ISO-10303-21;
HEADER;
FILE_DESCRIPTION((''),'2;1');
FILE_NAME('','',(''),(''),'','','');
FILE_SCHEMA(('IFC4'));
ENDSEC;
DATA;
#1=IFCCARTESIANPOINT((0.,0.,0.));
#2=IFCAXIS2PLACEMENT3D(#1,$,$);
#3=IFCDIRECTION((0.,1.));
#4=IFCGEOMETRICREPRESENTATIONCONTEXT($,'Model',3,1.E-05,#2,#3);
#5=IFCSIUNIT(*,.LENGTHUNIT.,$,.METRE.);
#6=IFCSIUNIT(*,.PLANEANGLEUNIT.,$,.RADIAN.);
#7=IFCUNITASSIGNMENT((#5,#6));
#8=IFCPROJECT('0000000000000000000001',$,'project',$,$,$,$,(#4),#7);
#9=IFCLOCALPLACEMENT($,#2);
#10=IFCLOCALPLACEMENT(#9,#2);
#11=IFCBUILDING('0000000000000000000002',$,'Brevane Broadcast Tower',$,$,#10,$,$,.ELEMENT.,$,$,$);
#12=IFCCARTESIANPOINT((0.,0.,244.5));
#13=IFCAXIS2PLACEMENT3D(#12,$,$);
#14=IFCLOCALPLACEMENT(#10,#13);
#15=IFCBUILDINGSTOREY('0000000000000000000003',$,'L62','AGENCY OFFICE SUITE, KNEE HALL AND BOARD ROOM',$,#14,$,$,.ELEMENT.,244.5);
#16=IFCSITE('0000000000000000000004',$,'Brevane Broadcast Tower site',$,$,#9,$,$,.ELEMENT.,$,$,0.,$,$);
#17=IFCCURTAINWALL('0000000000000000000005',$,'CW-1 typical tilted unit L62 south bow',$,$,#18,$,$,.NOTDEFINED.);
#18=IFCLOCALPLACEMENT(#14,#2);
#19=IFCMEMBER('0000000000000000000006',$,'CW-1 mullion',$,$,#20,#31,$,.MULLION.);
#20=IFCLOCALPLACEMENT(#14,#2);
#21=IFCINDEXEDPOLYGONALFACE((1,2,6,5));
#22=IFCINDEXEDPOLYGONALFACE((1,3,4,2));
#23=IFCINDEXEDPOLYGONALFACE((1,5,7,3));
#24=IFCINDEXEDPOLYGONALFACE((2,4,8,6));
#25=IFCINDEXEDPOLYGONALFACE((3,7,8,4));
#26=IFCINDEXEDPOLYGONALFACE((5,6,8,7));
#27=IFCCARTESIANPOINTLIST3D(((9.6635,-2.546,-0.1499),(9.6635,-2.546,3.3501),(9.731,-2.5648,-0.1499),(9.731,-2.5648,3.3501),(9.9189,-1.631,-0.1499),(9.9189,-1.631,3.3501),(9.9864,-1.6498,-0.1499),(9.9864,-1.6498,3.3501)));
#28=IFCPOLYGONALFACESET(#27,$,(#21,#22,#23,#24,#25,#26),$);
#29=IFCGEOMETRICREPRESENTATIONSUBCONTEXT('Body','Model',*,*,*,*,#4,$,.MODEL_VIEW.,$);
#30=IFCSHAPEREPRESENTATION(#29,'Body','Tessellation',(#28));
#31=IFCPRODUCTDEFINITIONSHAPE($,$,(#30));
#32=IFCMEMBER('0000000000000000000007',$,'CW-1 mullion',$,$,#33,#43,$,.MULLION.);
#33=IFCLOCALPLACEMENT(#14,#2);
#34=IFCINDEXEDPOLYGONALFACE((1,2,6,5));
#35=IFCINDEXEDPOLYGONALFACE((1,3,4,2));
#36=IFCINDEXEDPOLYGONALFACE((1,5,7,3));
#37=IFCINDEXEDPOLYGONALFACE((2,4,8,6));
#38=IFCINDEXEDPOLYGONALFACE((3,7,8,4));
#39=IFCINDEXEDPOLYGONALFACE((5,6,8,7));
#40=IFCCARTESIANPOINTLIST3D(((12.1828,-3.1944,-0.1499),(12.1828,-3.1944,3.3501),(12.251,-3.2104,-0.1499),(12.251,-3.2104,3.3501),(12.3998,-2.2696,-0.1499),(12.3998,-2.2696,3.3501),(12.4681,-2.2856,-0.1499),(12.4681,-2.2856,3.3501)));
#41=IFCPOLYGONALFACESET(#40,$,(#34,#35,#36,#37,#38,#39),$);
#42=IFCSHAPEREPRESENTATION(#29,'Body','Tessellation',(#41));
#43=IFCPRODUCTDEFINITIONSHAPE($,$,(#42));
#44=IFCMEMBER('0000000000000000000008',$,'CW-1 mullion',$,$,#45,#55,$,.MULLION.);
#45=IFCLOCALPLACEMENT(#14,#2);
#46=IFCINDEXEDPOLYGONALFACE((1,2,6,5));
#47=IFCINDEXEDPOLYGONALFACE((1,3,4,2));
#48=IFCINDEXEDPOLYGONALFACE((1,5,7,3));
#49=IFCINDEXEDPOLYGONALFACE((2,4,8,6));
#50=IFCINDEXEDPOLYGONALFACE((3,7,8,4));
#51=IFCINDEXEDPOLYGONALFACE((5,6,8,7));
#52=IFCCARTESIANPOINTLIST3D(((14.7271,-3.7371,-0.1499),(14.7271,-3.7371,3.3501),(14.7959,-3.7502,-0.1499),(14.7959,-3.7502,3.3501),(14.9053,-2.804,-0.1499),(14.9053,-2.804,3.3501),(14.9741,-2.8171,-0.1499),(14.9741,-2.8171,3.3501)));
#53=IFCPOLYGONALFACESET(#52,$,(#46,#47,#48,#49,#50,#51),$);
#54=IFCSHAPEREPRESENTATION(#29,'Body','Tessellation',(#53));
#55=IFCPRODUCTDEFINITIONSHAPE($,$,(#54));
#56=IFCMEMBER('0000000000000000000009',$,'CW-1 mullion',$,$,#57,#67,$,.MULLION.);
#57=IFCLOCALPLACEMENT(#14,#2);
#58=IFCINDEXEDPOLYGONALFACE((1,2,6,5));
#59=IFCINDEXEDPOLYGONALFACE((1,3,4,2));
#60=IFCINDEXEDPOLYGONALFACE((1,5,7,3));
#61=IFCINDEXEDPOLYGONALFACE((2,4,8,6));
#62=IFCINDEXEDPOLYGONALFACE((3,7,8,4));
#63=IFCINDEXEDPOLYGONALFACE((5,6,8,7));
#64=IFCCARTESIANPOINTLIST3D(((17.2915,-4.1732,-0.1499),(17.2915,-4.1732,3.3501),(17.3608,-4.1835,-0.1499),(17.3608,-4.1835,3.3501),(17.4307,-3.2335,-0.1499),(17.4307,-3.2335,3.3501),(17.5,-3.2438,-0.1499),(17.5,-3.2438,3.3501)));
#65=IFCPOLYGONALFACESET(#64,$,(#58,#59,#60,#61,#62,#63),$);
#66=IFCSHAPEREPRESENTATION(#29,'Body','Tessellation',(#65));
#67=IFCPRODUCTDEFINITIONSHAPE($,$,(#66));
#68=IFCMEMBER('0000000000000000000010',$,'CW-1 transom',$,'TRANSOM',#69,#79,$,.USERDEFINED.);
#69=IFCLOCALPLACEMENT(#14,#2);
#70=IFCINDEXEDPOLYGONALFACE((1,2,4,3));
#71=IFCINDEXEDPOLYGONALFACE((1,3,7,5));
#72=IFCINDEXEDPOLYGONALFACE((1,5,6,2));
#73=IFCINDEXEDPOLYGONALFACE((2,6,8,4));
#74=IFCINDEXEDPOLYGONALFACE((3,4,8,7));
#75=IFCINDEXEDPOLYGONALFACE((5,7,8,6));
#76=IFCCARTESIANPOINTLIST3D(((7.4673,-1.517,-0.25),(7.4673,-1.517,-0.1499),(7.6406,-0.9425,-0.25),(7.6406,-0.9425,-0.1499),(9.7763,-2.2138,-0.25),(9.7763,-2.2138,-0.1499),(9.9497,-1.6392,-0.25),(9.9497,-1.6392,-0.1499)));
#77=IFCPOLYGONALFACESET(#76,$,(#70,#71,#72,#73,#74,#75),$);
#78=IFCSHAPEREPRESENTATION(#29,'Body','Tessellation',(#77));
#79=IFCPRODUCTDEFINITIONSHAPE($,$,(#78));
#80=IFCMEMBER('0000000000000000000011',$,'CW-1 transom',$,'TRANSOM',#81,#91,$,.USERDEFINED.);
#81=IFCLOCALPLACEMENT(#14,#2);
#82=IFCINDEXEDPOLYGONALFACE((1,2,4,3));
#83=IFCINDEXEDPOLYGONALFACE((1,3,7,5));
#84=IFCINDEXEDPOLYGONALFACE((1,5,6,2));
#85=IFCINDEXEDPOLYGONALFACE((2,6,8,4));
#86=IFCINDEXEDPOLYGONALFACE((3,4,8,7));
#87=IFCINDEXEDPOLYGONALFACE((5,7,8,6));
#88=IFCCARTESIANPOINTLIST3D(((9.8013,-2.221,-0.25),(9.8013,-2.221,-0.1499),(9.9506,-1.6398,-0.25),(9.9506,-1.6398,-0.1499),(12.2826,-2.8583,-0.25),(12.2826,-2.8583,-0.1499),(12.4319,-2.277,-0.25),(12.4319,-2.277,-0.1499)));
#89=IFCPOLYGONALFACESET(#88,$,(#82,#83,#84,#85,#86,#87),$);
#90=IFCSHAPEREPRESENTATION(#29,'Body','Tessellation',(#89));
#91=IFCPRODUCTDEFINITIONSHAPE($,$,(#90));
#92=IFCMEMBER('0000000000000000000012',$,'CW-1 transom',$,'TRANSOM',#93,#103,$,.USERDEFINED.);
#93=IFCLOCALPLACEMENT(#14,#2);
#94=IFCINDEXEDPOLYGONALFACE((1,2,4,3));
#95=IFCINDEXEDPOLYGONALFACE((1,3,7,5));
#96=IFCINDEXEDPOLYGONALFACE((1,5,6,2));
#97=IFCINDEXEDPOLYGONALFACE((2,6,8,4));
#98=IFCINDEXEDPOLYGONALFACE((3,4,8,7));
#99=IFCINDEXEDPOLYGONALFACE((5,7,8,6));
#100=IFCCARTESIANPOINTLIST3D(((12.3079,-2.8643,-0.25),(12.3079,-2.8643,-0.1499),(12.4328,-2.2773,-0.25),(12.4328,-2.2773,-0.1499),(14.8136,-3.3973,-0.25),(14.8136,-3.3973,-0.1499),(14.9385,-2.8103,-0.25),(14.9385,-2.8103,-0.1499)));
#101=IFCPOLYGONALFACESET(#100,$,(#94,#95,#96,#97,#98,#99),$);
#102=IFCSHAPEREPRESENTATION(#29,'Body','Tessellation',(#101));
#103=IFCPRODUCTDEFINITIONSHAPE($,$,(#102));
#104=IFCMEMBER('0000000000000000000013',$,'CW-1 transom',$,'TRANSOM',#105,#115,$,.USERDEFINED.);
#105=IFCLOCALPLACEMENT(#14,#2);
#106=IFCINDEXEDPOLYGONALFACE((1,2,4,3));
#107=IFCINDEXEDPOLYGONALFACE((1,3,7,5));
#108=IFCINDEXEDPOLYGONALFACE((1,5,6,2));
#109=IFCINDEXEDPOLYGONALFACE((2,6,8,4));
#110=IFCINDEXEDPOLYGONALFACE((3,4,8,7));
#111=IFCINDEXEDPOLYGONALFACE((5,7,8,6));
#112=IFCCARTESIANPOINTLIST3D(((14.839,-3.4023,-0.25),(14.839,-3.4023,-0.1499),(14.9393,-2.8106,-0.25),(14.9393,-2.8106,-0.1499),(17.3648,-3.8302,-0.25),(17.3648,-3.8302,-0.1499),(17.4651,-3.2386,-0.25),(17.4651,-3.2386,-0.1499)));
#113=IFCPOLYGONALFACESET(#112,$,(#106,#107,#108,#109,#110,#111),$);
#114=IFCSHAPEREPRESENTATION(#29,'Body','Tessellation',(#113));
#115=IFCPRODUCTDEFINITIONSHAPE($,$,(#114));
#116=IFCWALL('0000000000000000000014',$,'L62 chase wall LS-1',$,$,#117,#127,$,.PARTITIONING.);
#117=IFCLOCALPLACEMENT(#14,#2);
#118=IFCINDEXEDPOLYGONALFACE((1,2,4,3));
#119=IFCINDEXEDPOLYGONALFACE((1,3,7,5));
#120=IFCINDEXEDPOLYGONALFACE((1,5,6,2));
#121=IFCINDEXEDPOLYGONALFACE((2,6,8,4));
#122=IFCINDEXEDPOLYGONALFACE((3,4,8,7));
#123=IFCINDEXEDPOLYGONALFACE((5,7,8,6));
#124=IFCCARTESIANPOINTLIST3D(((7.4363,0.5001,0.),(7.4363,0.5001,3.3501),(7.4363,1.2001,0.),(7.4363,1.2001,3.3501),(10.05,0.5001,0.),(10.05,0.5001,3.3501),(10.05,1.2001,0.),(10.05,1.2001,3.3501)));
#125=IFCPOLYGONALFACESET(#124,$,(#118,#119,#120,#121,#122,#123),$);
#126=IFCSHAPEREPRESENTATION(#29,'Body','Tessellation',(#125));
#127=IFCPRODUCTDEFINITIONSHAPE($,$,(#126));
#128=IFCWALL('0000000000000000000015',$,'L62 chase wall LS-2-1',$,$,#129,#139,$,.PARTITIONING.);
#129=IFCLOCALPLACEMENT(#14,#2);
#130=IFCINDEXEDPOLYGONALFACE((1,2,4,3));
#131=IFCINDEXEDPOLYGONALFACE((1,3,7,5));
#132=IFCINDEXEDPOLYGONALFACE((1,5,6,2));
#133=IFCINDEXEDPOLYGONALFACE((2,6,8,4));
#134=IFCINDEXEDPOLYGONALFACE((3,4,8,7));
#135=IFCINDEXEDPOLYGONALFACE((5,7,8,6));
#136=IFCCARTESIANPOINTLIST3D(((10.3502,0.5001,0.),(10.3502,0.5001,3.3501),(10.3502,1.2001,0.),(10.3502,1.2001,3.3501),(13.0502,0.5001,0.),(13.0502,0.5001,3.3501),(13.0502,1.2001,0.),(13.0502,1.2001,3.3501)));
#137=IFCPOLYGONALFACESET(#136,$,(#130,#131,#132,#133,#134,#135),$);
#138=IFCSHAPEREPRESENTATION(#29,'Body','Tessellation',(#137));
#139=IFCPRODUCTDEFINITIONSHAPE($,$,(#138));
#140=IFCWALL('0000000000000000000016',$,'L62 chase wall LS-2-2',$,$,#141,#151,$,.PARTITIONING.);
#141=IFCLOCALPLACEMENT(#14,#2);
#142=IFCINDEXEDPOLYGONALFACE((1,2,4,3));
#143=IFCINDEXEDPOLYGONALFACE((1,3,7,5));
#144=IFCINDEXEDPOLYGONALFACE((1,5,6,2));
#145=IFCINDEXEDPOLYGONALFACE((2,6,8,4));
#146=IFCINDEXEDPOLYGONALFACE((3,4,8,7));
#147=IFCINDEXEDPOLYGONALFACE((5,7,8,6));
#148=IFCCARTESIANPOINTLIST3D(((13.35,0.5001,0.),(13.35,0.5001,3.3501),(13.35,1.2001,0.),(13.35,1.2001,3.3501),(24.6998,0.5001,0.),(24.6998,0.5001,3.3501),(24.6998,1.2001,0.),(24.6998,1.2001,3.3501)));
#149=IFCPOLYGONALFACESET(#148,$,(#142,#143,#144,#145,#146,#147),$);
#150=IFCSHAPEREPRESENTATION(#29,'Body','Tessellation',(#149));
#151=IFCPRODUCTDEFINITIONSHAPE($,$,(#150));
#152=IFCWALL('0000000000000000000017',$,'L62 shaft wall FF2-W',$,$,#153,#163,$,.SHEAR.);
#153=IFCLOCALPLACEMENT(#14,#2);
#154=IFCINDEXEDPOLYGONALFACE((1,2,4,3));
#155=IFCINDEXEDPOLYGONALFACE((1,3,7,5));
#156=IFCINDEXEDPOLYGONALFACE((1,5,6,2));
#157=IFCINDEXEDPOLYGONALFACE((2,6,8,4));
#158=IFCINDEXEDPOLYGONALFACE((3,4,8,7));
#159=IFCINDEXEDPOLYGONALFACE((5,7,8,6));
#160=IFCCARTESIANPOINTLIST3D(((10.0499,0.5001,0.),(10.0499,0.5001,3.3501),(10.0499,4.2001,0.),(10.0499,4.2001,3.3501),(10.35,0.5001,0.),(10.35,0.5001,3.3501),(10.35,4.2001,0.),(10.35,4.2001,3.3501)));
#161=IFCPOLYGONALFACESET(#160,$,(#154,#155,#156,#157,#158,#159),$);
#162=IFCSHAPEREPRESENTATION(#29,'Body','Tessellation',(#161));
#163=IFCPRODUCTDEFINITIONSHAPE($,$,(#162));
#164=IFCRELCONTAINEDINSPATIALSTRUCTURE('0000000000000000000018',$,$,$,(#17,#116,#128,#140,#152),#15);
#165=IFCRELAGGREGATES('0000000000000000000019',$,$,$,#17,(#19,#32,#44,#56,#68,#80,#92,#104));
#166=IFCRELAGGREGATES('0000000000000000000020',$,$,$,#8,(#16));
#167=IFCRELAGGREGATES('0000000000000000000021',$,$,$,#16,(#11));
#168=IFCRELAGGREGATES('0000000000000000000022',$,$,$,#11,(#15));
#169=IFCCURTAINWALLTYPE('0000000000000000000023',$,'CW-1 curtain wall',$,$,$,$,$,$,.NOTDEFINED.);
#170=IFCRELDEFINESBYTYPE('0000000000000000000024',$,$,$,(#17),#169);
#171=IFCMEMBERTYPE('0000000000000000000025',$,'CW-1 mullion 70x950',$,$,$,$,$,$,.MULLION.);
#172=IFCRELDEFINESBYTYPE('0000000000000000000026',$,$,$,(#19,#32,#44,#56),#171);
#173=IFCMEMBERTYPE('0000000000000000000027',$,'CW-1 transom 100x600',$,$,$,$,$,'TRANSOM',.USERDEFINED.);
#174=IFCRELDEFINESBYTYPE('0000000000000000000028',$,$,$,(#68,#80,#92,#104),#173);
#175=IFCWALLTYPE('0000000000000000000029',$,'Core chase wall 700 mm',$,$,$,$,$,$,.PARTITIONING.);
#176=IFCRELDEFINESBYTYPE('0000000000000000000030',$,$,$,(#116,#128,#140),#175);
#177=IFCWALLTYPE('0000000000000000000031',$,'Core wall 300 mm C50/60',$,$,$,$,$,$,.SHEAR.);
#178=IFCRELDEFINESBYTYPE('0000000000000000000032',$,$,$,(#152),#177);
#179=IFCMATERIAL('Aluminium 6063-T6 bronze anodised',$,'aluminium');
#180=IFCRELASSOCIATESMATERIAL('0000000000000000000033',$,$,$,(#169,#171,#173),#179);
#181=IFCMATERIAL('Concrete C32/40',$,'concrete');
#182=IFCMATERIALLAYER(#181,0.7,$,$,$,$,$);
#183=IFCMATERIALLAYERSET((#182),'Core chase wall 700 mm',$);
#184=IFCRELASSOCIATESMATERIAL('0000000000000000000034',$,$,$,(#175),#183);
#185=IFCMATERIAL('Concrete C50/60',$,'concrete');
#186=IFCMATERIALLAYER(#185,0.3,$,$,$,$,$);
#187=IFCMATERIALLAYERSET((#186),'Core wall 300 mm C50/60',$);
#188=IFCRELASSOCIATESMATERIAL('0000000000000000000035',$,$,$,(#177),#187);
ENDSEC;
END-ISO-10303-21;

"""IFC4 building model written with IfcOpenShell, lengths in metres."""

from ifc_helpers import new_model, si_unit, direction, frame, frame_2d, origin, origin_2d, place, context, subcontext, project, spatial, rectangle, extrude, material, layer, layer_set, material_profile, profile_set, type_object, element, aggregate, save


model = new_model("IFC4")

# Units and contexts
model_context = context("Model", 3, precision=1e-05, world=origin(), true_north=direction((0.0, 1.0)))
body_context = subcontext(model_context, "Body", "Model", "MODEL_VIEW")
ifc_project = project(units=[si_unit("LENGTHUNIT", "METRE"), si_unit("PLANEANGLEUNIT", "RADIAN")], contexts=[model_context])

# Site, building, storey
site_placement = place(None, origin())
site = spatial("IfcSite", under=ifc_project, at=site_placement, Name="Brevane Broadcast Tower site", CompositionType="ELEMENT", RefElevation=0.0)
building_placement = place(site_placement, origin())
building = spatial("IfcBuilding", under=site, at=building_placement, Name="Brevane Broadcast Tower", CompositionType="ELEMENT")
storey_placement = place(building_placement, frame((0.0, 0.0, 244.5)))
storey = spatial("IfcBuildingStorey", under=building, at=storey_placement, Name="L62", Description="AGENCY OFFICE SUITE, KNEE HALL AND BOARD ROOM", CompositionType="ELEMENT", Elevation=244.5)

# Curtain wall, members
ifc_material_1 = material(Name="Aluminium 6063-T6 bronze anodised", Category="aluminium")
curtain_wall_type = type_object("IfcCurtainWallType", Name="CW-1 curtain wall", PredefinedType="NOTDEFINED", material=ifc_material_1)
curtain_wall_placement = place(storey_placement, origin())
curtain_wall = element("IfcCurtainWall", 1, at=curtain_wall_placement, inside=storey, type_object=curtain_wall_type, Name="CW-1 typical tilted unit L62 south bow", PredefinedType="NOTDEFINED")
ifc_material_profile_1 = material_profile(ifc_material_1, rectangle(XDim=0.95, YDim=0.0701, at=origin_2d()), Name="RECT 70x950")
ifc_profile_set_1 = profile_set([ifc_material_profile_1], Name="Aluminium 6063-T6 bronze anodised")
member_type_1 = type_object("IfcMemberType", Name="CW-1 mullion 70x950", PredefinedType="MULLION", material=ifc_profile_set_1)
member_1_placement = place(storey_placement, frame((9.825, -2.0979, -0.1499), z_axis=(0.0, 0.0, 1.0), x_axis=(0.268916, 0.963164, 0.0)))
member_1 = element("IfcMember", 2, at=member_1_placement, type_object=member_type_1, Name="CW-1 mullion", PredefinedType="MULLION", context=body_context, shape_type="SweptSolid", body=[
    extrude(rectangle(XDim=0.95, YDim=0.0701, at=origin_2d()), origin(), (0.0, 0.0, 1.0), 3.5),
])
member_2_placement = place(storey_placement, frame((12.3254, -2.74, -0.1499), z_axis=(0.0, 0.0, 1.0), x_axis=(0.228467, 0.973552, 0.0)))
member_2 = element("IfcMember", 3, at=member_2_placement, type_object=member_type_1, Name="CW-1 mullion", PredefinedType="MULLION", context=body_context, shape_type="SweptSolid", body=[
    extrude(rectangle(XDim=0.95, YDim=0.0701, at=origin_2d()), origin(), (0.0, 0.0, 1.0), 3.5),
])
member_3_placement = place(storey_placement, frame((14.8506, -3.2771, -0.1499), z_axis=(0.0, 0.0, 1.0), x_axis=(0.187621, 0.982242, 0.0)))
member_3 = element("IfcMember", 4, at=member_3_placement, type_object=member_type_1, Name="CW-1 mullion", PredefinedType="MULLION", context=body_context, shape_type="SweptSolid", body=[
    extrude(rectangle(XDim=0.95, YDim=0.0701, at=origin_2d()), origin(), (0.0, 0.0, 1.0), 3.5),
])
member_4_placement = place(storey_placement, frame((17.3958, -3.7085, -0.1499), z_axis=(0.0, 0.0, 1.0), x_axis=(0.146447, 0.989218, 0.0)))
member_4 = element("IfcMember", 5, at=member_4_placement, type_object=member_type_1, Name="CW-1 mullion", PredefinedType="MULLION", context=body_context, shape_type="SweptSolid", body=[
    extrude(rectangle(XDim=0.95, YDim=0.0701, at=origin_2d()), origin(), (0.0, 0.0, 1.0), 3.5),
])
ifc_material_profile_2 = material_profile(ifc_material_1, rectangle(XDim=0.6001, YDim=0.1001, at=origin_2d()), Name="RECT 100x600")
ifc_profile_set_2 = profile_set([ifc_material_profile_2], Name="Aluminium 6063-T6 bronze anodised")
member_type_2 = type_object("IfcMemberType", Name="CW-1 transom 100x600", ElementType="TRANSOM", PredefinedType="USERDEFINED", material=ifc_profile_set_2)
member_5_placement = place(storey_placement, frame((7.554, -1.2297, -0.2), z_axis=(0.957363, -0.288889, 0.0), x_axis=(0.288889, 0.957363, 0.0)))
member_5 = element("IfcMember", 6, at=member_5_placement, type_object=member_type_2, Name="CW-1 transom", ObjectType="TRANSOM", PredefinedType="USERDEFINED", context=body_context, shape_type="SweptSolid", body=[
    extrude(rectangle(XDim=0.6001, YDim=0.1001, at=origin_2d()), origin(), (0.0, 0.0, 1.0), 2.4119),
])
member_6_placement = place(storey_placement, frame((9.876, -1.9304, -0.2), z_axis=(0.96857, -0.248742, 0.0), x_axis=(0.248742, 0.96857, 0.0)))
member_6 = element("IfcMember", 7, at=member_6_placement, type_object=member_type_2, Name="CW-1 transom", ObjectType="TRANSOM", PredefinedType="USERDEFINED", context=body_context, shape_type="SweptSolid", body=[
    extrude(rectangle(XDim=0.6001, YDim=0.1001, at=origin_2d()), origin(), (0.0, 0.0, 1.0), 2.5618),
])
member_7_placement = place(storey_placement, frame((12.3704, -2.5708, -0.2), z_axis=(0.978118, -0.208051, 0.0), x_axis=(0.208051, 0.978118, 0.0)))
member_7 = element("IfcMember", 8, at=member_7_placement, type_object=member_type_2, Name="CW-1 transom", ObjectType="TRANSOM", PredefinedType="USERDEFINED", context=body_context, shape_type="SweptSolid", body=[
    extrude(rectangle(XDim=0.6001, YDim=0.1001, at=origin_2d()), origin(), (0.0, 0.0, 1.0), 2.5618),
])
member_8_placement = place(storey_placement, frame((14.8892, -3.1064, -0.2), z_axis=(0.985947, -0.167056, 0.0), x_axis=(0.167056, 0.985947, 0.0)))
member_8 = element("IfcMember", 9, at=member_8_placement, type_object=member_type_2, Name="CW-1 transom", ObjectType="TRANSOM", PredefinedType="USERDEFINED", context=body_context, shape_type="SweptSolid", body=[
    extrude(rectangle(XDim=0.6001, YDim=0.1001, at=origin_2d()), origin(), (0.0, 0.0, 1.0), 2.5618),
])
aggregate(curtain_wall, [member_1, member_2, member_3, member_4, member_5, member_6, member_7, member_8])

# Walls
ifc_material_2 = material(Name="Concrete C32/40", Category="concrete")
ifc_layer_1 = layer(ifc_material_2, 0.7)
ifc_layer_set_1 = layer_set([ifc_layer_1], Name="Core chase wall 700 mm")
wall_type_1 = type_object("IfcWallType", Name="Core chase wall 700 mm", PredefinedType="PARTITIONING", material=ifc_layer_set_1)
wall_1_placement = place(storey_placement, frame((7.4363, 0.8501, 0.0), z_axis=(0.0, 0.0, 1.0), x_axis=(1.0, 0.0, 0.0)))
element("IfcWall", 10, at=wall_1_placement, inside=storey, type_object=wall_type_1, Name="L62 chase wall LS-1", PredefinedType="PARTITIONING", context=body_context, shape_type="SweptSolid", body=[
    extrude(rectangle(XDim=2.6138, YDim=0.7, at=frame_2d((1.3069, 0.0))), origin(), (0.0, 0.0, 1.0), 3.3501),
])
wall_2_placement = place(storey_placement, frame((10.3501, 0.8501, 0.0), z_axis=(0.0, 0.0, 1.0), x_axis=(1.0, 0.0, 0.0)))
element("IfcWall", 11, at=wall_2_placement, inside=storey, type_object=wall_type_1, Name="L62 chase wall LS-2-1", PredefinedType="PARTITIONING", context=body_context, shape_type="SweptSolid", body=[
    extrude(rectangle(XDim=2.7, YDim=0.7, at=frame_2d((1.3501, 0.0))), origin(), (0.0, 0.0, 1.0), 3.3501),
])
wall_3_placement = place(storey_placement, frame((13.3501, 0.8501, 0.0), z_axis=(0.0, 0.0, 1.0), x_axis=(1.0, 0.0, 0.0)))
element("IfcWall", 12, at=wall_3_placement, inside=storey, type_object=wall_type_1, Name="L62 chase wall LS-2-2", PredefinedType="PARTITIONING", context=body_context, shape_type="SweptSolid", body=[
    extrude(rectangle(XDim=11.3499, YDim=0.7, at=frame_2d((5.6748, 0.0))), origin(), (0.0, 0.0, 1.0), 3.3501),
])
ifc_material_3 = material(Name="Concrete C50/60", Category="concrete")
ifc_layer_2 = layer(ifc_material_3, 0.3)
ifc_layer_set_2 = layer_set([ifc_layer_2], Name="Core wall 300 mm C50/60")
wall_type_2 = type_object("IfcWallType", Name="Core wall 300 mm C50/60", PredefinedType="SHEAR", material=ifc_layer_set_2)
wall_4_placement = place(storey_placement, frame((10.2, 0.5, 0.0), z_axis=(0.0, 0.0, 1.0), x_axis=(0.0, 1.0, 0.0)))
element("IfcWall", 13, at=wall_4_placement, inside=storey, type_object=wall_type_2, Name="L62 shaft wall FF2-W", PredefinedType="SHEAR", context=body_context, shape_type="SweptSolid", body=[
    extrude(rectangle(XDim=3.7, YDim=0.3, at=frame_2d((1.8501, 0.0))), origin(), (0.0, 0.0, 1.0), 3.3501),
])

save(model, "model.ifc")
